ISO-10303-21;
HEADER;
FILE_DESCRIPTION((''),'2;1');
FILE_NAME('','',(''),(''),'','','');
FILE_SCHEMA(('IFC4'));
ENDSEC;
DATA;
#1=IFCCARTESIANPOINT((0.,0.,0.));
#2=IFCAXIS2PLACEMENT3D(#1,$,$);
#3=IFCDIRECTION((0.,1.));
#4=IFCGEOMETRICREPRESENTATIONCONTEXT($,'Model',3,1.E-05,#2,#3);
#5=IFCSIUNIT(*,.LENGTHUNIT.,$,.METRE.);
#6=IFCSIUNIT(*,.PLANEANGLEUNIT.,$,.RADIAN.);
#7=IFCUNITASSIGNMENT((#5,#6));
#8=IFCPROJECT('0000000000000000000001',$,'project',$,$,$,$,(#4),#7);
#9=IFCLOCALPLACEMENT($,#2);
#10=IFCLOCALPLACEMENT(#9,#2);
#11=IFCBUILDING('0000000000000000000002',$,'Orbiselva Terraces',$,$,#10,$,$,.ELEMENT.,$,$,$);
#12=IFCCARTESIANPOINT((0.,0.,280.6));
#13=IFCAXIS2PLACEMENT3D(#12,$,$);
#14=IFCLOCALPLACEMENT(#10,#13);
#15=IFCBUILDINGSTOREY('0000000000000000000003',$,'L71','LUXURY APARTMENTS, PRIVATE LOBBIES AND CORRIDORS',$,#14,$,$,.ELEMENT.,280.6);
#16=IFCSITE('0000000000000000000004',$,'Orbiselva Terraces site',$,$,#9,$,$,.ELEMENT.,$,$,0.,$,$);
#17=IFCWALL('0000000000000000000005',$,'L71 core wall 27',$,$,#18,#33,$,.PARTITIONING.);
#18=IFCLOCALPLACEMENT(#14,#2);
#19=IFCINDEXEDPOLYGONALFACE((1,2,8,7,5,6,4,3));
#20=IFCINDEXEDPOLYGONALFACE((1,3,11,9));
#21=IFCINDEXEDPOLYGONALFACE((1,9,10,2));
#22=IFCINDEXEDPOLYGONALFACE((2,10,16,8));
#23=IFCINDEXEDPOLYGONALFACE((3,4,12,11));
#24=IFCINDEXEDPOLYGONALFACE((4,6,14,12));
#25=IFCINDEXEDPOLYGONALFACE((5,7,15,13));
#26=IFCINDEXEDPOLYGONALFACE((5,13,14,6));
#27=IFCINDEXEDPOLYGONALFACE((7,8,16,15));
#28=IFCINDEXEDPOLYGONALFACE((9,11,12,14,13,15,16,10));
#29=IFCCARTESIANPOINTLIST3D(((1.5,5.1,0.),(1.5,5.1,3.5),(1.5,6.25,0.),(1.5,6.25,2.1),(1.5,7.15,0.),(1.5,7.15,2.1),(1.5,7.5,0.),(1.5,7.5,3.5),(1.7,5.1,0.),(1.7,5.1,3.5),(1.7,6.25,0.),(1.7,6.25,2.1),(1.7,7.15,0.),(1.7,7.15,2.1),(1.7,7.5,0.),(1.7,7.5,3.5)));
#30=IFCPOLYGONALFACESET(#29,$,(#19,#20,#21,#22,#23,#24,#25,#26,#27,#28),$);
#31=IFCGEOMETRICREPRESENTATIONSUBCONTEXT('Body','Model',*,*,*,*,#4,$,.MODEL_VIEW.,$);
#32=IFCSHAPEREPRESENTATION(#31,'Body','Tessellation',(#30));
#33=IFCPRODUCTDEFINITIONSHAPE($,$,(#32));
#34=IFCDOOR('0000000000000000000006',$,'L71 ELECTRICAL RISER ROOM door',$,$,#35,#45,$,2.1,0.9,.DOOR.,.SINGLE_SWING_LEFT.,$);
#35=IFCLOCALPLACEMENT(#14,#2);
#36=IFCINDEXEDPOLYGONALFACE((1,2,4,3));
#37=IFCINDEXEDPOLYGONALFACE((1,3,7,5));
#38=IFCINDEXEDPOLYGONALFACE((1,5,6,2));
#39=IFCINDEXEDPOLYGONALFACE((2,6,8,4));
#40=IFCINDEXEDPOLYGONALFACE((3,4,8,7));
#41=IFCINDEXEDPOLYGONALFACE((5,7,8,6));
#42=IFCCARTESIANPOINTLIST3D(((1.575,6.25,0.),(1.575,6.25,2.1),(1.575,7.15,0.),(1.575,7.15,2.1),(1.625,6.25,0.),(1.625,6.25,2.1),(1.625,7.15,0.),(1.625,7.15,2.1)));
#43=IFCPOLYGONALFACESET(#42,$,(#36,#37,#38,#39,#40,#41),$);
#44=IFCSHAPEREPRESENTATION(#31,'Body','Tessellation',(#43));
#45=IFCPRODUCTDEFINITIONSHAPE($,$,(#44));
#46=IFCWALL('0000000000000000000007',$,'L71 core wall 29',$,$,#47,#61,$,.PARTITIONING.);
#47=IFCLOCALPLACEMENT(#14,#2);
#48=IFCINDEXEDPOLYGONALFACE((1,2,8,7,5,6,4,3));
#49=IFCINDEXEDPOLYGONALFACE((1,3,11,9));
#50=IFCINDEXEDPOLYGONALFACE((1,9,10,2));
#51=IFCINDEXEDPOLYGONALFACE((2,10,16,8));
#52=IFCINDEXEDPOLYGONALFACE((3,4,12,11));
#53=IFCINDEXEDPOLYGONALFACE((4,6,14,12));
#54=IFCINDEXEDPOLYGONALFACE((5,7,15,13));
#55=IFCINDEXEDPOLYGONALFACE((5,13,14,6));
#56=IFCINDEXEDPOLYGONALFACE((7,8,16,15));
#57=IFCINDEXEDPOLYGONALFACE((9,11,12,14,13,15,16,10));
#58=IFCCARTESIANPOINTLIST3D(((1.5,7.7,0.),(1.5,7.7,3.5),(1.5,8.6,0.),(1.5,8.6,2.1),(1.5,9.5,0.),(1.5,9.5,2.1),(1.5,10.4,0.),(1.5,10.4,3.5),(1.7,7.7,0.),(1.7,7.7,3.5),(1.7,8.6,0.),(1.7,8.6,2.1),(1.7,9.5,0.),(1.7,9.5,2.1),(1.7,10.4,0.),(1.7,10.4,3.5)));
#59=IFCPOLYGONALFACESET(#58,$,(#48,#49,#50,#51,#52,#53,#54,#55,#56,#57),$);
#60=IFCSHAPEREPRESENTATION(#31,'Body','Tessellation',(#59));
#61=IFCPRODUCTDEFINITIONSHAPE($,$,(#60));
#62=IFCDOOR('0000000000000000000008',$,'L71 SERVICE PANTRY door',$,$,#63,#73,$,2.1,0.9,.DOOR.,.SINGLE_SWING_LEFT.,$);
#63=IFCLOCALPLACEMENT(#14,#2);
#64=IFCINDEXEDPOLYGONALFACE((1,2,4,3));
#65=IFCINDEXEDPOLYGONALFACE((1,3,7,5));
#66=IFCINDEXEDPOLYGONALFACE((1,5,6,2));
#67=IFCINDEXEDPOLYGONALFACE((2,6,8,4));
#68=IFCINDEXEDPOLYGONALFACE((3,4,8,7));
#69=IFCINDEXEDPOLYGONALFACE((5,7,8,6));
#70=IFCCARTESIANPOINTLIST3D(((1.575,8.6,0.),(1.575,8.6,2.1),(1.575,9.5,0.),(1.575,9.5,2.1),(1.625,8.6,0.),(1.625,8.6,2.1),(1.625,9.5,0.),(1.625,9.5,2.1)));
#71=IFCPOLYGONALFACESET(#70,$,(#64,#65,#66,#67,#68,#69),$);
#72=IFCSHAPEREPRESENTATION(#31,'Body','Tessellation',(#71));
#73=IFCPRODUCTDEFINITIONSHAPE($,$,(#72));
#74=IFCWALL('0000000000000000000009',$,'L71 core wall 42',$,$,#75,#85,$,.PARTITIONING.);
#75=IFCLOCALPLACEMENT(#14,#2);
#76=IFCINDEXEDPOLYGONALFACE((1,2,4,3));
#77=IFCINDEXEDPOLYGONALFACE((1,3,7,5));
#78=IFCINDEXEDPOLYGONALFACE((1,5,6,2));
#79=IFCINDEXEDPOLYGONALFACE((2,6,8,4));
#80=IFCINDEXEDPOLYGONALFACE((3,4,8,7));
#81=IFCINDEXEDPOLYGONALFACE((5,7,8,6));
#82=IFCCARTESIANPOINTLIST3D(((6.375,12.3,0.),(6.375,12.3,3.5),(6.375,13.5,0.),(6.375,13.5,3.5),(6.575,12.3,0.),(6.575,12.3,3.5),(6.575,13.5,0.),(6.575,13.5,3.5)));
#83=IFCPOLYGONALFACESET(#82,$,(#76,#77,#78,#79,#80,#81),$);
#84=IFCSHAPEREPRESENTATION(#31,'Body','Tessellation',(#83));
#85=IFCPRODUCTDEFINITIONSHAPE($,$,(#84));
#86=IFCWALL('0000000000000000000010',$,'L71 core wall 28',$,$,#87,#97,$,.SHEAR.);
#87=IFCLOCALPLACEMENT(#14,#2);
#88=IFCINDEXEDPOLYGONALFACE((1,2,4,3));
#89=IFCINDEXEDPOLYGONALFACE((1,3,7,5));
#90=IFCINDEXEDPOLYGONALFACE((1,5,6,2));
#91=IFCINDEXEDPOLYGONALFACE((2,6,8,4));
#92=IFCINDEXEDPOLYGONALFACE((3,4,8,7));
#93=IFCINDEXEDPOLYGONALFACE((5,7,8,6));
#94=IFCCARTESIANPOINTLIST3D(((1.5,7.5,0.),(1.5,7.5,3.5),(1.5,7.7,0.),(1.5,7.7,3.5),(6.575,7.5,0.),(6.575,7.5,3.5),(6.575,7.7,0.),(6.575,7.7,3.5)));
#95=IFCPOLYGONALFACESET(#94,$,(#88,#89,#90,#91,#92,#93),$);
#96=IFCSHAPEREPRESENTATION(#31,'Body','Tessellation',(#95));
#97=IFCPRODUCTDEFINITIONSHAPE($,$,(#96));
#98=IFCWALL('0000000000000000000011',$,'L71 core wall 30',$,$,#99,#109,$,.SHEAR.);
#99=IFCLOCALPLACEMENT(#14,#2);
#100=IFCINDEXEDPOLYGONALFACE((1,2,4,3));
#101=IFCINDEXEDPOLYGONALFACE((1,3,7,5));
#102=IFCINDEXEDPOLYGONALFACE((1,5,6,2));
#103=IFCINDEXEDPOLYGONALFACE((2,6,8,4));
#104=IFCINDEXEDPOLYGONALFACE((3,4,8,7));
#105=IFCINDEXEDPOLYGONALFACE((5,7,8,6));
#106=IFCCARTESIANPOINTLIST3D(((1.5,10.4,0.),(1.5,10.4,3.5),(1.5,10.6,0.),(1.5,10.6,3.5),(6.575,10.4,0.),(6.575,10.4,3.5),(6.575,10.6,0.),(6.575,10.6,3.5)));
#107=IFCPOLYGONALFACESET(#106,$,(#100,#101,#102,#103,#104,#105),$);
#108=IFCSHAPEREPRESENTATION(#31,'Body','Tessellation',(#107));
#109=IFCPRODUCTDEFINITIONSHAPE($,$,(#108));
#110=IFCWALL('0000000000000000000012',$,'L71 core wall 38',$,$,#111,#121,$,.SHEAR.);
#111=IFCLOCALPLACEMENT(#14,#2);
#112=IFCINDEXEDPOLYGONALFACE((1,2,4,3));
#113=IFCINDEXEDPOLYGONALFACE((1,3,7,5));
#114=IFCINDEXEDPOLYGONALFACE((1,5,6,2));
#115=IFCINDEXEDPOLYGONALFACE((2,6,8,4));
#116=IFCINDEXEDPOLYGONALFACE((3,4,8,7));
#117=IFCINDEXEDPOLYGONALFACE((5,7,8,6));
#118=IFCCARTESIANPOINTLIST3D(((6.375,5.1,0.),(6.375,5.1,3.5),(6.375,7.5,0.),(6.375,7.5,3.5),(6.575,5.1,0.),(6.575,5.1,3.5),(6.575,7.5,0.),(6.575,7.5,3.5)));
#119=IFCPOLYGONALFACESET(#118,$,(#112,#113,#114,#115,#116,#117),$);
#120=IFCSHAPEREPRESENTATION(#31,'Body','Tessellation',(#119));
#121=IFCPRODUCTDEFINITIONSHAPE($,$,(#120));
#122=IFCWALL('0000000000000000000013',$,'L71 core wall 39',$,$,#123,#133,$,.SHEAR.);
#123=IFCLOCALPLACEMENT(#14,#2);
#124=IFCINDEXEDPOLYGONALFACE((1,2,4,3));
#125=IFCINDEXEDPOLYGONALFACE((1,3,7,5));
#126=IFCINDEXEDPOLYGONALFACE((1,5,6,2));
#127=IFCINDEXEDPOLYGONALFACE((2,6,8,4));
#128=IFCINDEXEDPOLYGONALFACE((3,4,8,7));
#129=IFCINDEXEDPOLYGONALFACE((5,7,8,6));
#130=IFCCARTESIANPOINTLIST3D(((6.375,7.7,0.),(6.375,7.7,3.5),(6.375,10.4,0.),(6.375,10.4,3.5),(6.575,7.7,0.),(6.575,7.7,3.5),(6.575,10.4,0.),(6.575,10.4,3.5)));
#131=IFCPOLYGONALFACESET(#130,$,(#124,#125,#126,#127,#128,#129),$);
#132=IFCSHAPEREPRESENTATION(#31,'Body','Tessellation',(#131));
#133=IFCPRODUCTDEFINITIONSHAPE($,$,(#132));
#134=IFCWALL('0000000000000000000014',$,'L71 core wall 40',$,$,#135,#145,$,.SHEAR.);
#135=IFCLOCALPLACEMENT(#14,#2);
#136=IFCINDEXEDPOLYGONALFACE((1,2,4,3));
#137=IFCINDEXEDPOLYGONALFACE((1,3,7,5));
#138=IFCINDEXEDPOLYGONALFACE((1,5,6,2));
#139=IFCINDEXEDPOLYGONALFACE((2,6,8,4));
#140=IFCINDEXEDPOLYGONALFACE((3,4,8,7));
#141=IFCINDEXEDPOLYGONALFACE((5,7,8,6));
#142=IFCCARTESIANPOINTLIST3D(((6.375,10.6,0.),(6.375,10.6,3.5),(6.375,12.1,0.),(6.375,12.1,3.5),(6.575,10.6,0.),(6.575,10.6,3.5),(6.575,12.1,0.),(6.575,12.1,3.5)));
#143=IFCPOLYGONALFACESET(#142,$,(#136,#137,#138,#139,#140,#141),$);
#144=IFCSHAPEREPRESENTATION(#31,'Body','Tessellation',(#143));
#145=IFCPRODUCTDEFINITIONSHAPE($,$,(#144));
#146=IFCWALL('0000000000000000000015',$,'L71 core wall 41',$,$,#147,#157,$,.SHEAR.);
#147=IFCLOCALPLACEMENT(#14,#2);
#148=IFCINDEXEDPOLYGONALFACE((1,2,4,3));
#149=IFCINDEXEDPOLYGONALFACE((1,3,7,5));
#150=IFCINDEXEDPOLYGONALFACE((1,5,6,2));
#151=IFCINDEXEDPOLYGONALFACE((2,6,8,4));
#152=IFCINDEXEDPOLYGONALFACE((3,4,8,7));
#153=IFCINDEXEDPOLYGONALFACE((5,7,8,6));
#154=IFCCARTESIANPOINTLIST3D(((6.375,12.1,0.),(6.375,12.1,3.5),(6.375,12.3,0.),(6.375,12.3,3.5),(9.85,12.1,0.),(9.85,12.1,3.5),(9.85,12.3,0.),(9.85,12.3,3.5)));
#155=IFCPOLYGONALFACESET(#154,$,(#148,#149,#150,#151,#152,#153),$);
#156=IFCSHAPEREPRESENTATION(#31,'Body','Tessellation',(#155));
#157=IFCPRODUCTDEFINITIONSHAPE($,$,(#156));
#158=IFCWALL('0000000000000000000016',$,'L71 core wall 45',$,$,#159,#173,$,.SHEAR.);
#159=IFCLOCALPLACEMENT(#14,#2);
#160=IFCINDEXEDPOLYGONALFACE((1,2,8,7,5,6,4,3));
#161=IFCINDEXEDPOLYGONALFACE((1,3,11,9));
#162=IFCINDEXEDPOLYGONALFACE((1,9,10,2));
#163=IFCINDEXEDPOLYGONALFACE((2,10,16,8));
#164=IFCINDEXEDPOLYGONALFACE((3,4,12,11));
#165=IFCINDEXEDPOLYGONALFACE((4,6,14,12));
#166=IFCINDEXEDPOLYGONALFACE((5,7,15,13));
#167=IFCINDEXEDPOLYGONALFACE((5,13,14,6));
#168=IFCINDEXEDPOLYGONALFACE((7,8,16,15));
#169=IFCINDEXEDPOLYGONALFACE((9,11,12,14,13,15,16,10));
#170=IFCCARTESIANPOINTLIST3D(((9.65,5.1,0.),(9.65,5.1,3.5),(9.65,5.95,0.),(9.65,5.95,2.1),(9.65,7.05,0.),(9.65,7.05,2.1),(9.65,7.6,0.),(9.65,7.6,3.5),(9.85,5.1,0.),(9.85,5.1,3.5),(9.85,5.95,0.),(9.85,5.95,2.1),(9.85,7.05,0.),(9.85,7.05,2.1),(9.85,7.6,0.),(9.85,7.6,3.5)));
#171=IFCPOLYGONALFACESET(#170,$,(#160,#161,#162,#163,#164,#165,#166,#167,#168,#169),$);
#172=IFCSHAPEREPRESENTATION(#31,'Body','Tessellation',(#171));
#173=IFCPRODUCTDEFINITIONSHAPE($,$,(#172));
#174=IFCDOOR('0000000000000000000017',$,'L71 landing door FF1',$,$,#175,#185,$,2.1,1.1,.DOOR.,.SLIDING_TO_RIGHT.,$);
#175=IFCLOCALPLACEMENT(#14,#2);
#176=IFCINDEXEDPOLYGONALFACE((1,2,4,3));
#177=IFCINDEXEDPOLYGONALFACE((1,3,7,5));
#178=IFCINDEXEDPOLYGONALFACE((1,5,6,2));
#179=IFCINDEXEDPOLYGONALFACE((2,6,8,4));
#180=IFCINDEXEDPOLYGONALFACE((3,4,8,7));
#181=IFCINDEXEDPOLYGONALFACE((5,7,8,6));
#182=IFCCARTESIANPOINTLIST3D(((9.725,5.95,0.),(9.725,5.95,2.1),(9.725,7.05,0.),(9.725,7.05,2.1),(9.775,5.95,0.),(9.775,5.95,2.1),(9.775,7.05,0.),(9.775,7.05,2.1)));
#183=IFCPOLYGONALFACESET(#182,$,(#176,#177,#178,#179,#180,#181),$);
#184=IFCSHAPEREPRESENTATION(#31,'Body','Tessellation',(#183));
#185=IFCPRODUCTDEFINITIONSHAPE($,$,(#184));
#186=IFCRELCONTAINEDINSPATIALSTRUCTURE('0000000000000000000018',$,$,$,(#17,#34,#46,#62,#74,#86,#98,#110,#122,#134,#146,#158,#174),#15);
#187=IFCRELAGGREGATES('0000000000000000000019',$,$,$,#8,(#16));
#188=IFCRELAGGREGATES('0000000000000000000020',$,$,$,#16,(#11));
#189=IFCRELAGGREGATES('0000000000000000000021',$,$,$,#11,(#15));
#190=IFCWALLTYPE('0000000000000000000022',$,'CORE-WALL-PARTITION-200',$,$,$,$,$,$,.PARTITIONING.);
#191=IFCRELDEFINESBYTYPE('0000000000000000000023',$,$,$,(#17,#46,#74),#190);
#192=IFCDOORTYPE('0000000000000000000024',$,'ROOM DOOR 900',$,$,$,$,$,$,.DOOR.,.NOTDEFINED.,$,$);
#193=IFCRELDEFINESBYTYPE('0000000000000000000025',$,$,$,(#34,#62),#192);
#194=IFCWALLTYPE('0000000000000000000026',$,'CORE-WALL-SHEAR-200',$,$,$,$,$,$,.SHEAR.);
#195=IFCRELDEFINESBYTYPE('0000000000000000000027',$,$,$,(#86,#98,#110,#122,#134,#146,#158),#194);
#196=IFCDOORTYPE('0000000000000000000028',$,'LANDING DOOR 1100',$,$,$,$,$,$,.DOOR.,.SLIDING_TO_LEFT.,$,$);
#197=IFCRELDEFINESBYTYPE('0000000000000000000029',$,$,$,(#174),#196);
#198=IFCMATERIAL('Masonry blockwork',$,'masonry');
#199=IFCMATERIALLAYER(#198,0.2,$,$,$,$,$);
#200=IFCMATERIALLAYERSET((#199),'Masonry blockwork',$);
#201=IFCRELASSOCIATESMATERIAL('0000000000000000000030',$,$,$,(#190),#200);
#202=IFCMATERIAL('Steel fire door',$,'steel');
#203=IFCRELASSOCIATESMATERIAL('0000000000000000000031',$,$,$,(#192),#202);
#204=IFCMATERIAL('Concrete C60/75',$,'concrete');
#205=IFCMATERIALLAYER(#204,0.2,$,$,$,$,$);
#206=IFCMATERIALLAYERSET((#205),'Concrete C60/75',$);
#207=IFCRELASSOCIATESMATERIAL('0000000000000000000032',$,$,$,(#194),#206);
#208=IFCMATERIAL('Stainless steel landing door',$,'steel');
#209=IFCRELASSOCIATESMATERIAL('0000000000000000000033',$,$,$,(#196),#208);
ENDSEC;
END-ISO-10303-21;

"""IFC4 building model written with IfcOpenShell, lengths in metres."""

from ifc_helpers import new_model, si_unit, direction, frame, frame_2d, origin, place, context, subcontext, project, spatial, rectangle, extrude, material, layer, layer_set, type_object, element, fill, save


model = new_model("IFC4")

# Units and contexts
model_context = context("Model", 3, precision=1e-05, world=origin(), true_north=direction((0.0, 1.0)))
body_context = subcontext(model_context, "Body", "Model", "MODEL_VIEW")
ifc_project = project(units=[si_unit("LENGTHUNIT", "METRE"), si_unit("PLANEANGLEUNIT", "RADIAN")], contexts=[model_context])

# Site, building, storey
site_placement = place(None, origin())
site = spatial("IfcSite", under=ifc_project, at=site_placement, Name="Orbiselva Terraces site", CompositionType="ELEMENT", RefElevation=0.0)
building_placement = place(site_placement, origin())
building = spatial("IfcBuilding", under=site, at=building_placement, Name="Orbiselva Terraces", CompositionType="ELEMENT")
storey_placement = place(building_placement, frame((0.0, 0.0, 280.6)))
storey = spatial("IfcBuildingStorey", under=building, at=storey_placement, Name="L71", Description="LUXURY APARTMENTS, PRIVATE LOBBIES AND CORRIDORS", CompositionType="ELEMENT", Elevation=280.6)

# Walls, openings, doors
ifc_material_1 = material(Name="Masonry blockwork", Category="masonry")
ifc_layer_1 = layer(ifc_material_1, 0.2)
ifc_layer_set_1 = layer_set([ifc_layer_1], Name="Masonry blockwork")
wall_type_1 = type_object("IfcWallType", Name="CORE-WALL-PARTITION-200", PredefinedType="PARTITIONING", material=ifc_layer_set_1)
wall_1_placement = place(storey_placement, frame((1.6, 7.5, 0.0), z_axis=(0.0, 0.0, 1.0), x_axis=(0.0, -1.0, 0.0)))
wall_1 = element("IfcWall", 1, at=wall_1_placement, inside=storey, type_object=wall_type_1, Name="L71 core wall 27", PredefinedType="PARTITIONING", context=body_context, shape_type="SweptSolid", body=[
    extrude(rectangle(XDim=2.4, YDim=0.2, at=frame_2d((1.2, 0.0))), origin(), (0.0, 0.0, 1.0), 3.5),
])
opening_1_placement = place(wall_1_placement, frame((0.35, 0.0, 0.0)))
opening_1 = element("IfcOpeningElement", 2, at=opening_1_placement, cuts=wall_1, PredefinedType="OPENING", context=body_context, shape_type="SweptSolid", body=[
    extrude(rectangle(XDim=0.9, YDim=2.1, at=frame_2d((0.45, 1.05))), frame((0.0, 0.11, 0.0), z_axis=(0.0, -1.0, 0.0), x_axis=(1.0, 0.0, 0.0)), (0.0, 0.0, 1.0), 0.22),
])
ifc_material_2 = material(Name="Steel fire door", Category="steel")
door_type_1 = type_object("IfcDoorType", Name="ROOM DOOR 900", OperationType="NOTDEFINED", PredefinedType="DOOR", material=ifc_material_2)
door_1_placement = place(opening_1_placement, origin())
door_1 = element("IfcDoor", 3, at=door_1_placement, inside=storey, type_object=door_type_1, Name="L71 ELECTRICAL RISER ROOM door", OperationType="SINGLE_SWING_LEFT", OverallHeight=2.1, OverallWidth=0.9, PredefinedType="DOOR", context=body_context, shape_type="SweptSolid", body=[
    extrude(rectangle(XDim=0.9, YDim=2.1, at=frame_2d((0.45, 1.05))), frame((0.0, 0.025, 0.0), z_axis=(0.0, -1.0, 0.0), x_axis=(1.0, 0.0, 0.0)), (0.0, 0.0, 1.0), 0.05),
])
fill(opening_1, door_1)
wall_2_placement = place(storey_placement, frame((1.6, 10.4, 0.0), z_axis=(0.0, 0.0, 1.0), x_axis=(0.0, -1.0, 0.0)))
wall_2 = element("IfcWall", 4, at=wall_2_placement, inside=storey, type_object=wall_type_1, Name="L71 core wall 29", PredefinedType="PARTITIONING", context=body_context, shape_type="SweptSolid", body=[
    extrude(rectangle(XDim=2.7, YDim=0.2, at=frame_2d((1.35, 0.0))), origin(), (0.0, 0.0, 1.0), 3.5),
])
opening_2_placement = place(wall_2_placement, frame((0.9, 0.0, 0.0)))
opening_2 = element("IfcOpeningElement", 5, at=opening_2_placement, cuts=wall_2, PredefinedType="OPENING", context=body_context, shape_type="SweptSolid", body=[
    extrude(rectangle(XDim=0.9, YDim=2.1, at=frame_2d((0.45, 1.05))), frame((0.0, 0.11, 0.0), z_axis=(0.0, -1.0, 0.0), x_axis=(1.0, 0.0, 0.0)), (0.0, 0.0, 1.0), 0.22),
])
door_2_placement = place(opening_2_placement, origin())
door_2 = element("IfcDoor", 6, at=door_2_placement, inside=storey, type_object=door_type_1, Name="L71 SERVICE PANTRY door", OperationType="SINGLE_SWING_LEFT", OverallHeight=2.1, OverallWidth=0.9, PredefinedType="DOOR", context=body_context, shape_type="SweptSolid", body=[
    extrude(rectangle(XDim=0.9, YDim=2.1, at=frame_2d((0.45, 1.05))), frame((0.0, 0.025, 0.0), z_axis=(0.0, -1.0, 0.0), x_axis=(1.0, 0.0, 0.0)), (0.0, 0.0, 1.0), 0.05),
])
fill(opening_2, door_2)

# Walls
wall_3_placement = place(storey_placement, frame((6.475, 12.3, 0.0), z_axis=(0.0, 0.0, 1.0), x_axis=(0.0, 1.0, 0.0)))
element("IfcWall", 7, at=wall_3_placement, inside=storey, type_object=wall_type_1, Name="L71 core wall 42", PredefinedType="PARTITIONING", context=body_context, shape_type="SweptSolid", body=[
    extrude(rectangle(XDim=1.2, YDim=0.2, at=frame_2d((0.6, 0.0))), origin(), (0.0, 0.0, 1.0), 3.5),
])
ifc_material_3 = material(Name="Concrete C60/75", Category="concrete")
ifc_layer_2 = layer(ifc_material_3, 0.2)
ifc_layer_set_2 = layer_set([ifc_layer_2], Name="Concrete C60/75")
wall_type_2 = type_object("IfcWallType", Name="CORE-WALL-SHEAR-200", PredefinedType="SHEAR", material=ifc_layer_set_2)
for number, where, z_axis, x_axis, name in (
    (8, (1.5, 7.6, 0.0), (0.0, 0.0, 1.0), (1.0, 0.0, 0.0), "L71 core wall 28"),
    (9, (1.5, 10.5, 0.0), (0.0, 0.0, 1.0), (1.0, 0.0, 0.0), "L71 core wall 30"),
):
    element("IfcWall", number, at=place(storey_placement, frame(where, z_axis=z_axis, x_axis=x_axis)), inside=storey, type_object=wall_type_2, Name=name, PredefinedType="SHEAR", context=body_context, shape_type="SweptSolid", body=[
        extrude(rectangle(XDim=5.075, YDim=0.2, at=frame_2d((2.5375, 0.0))), origin(), (0.0, 0.0, 1.0), 3.5),
    ])
wall_4_placement = place(storey_placement, frame((6.475, 5.1, 0.0), z_axis=(0.0, 0.0, 1.0), x_axis=(0.0, 1.0, 0.0)))
element("IfcWall", 10, at=wall_4_placement, inside=storey, type_object=wall_type_2, Name="L71 core wall 38", PredefinedType="SHEAR", context=body_context, shape_type="SweptSolid", body=[
    extrude(rectangle(XDim=2.4, YDim=0.2, at=frame_2d((1.2, 0.0))), origin(), (0.0, 0.0, 1.0), 3.5),
])
wall_5_placement = place(storey_placement, frame((6.475, 7.7, 0.0), z_axis=(0.0, 0.0, 1.0), x_axis=(0.0, 1.0, 0.0)))
element("IfcWall", 11, at=wall_5_placement, inside=storey, type_object=wall_type_2, Name="L71 core wall 39", PredefinedType="SHEAR", context=body_context, shape_type="SweptSolid", body=[
    extrude(rectangle(XDim=2.7, YDim=0.2, at=frame_2d((1.35, 0.0))), origin(), (0.0, 0.0, 1.0), 3.5),
])
wall_6_placement = place(storey_placement, frame((6.475, 10.6, 0.0), z_axis=(0.0, 0.0, 1.0), x_axis=(0.0, 1.0, 0.0)))
element("IfcWall", 12, at=wall_6_placement, inside=storey, type_object=wall_type_2, Name="L71 core wall 40", PredefinedType="SHEAR", context=body_context, shape_type="SweptSolid", body=[
    extrude(rectangle(XDim=1.5, YDim=0.2, at=frame_2d((0.75, 0.0))), origin(), (0.0, 0.0, 1.0), 3.5),
])
wall_7_placement = place(storey_placement, frame((6.375, 12.2, 0.0), z_axis=(0.0, 0.0, 1.0), x_axis=(1.0, 0.0, 0.0)))
element("IfcWall", 13, at=wall_7_placement, inside=storey, type_object=wall_type_2, Name="L71 core wall 41", PredefinedType="SHEAR", context=body_context, shape_type="SweptSolid", body=[
    extrude(rectangle(XDim=3.475, YDim=0.2, at=frame_2d((1.7375, 0.0))), origin(), (0.0, 0.0, 1.0), 3.5),
])

# Wall, opening, door
wall_8_placement = place(storey_placement, frame((9.75, 5.1, 0.0), z_axis=(0.0, 0.0, 1.0), x_axis=(0.0, 1.0, 0.0)))
wall_8 = element("IfcWall", 14, at=wall_8_placement, inside=storey, type_object=wall_type_2, Name="L71 core wall 45", PredefinedType="SHEAR", context=body_context, shape_type="SweptSolid", body=[
    extrude(rectangle(XDim=2.5, YDim=0.2, at=frame_2d((1.25, 0.0))), origin(), (0.0, 0.0, 1.0), 3.5),
])
opening_3_placement = place(wall_8_placement, frame((0.85, 0.0, 0.0)))
opening_3 = element("IfcOpeningElement", 15, at=opening_3_placement, cuts=wall_8, PredefinedType="OPENING", context=body_context, shape_type="SweptSolid", body=[
    extrude(rectangle(XDim=1.1, YDim=2.1, at=frame_2d((0.55, 1.05))), frame((0.0, 0.11, 0.0), z_axis=(0.0, -1.0, 0.0), x_axis=(1.0, 0.0, 0.0)), (0.0, 0.0, 1.0), 0.22),
])
ifc_material_4 = material(Name="Stainless steel landing door", Category="steel")
door_type_2 = type_object("IfcDoorType", Name="LANDING DOOR 1100", OperationType="SLIDING_TO_LEFT", PredefinedType="DOOR", material=ifc_material_4)
door_3_placement = place(opening_3_placement, origin())
door_3 = element("IfcDoor", 16, at=door_3_placement, inside=storey, type_object=door_type_2, Name="L71 landing door FF1", OperationType="SLIDING_TO_RIGHT", OverallHeight=2.1, OverallWidth=1.1, PredefinedType="DOOR", context=body_context, shape_type="SweptSolid", body=[
    extrude(rectangle(XDim=1.1, YDim=2.1, at=frame_2d((0.55, 1.05))), frame((0.0, 0.025, 0.0), z_axis=(0.0, -1.0, 0.0), x_axis=(1.0, 0.0, 0.0)), (0.0, 0.0, 1.0), 0.05),
])
fill(opening_3, door_3)

save(model, "model.ifc")
